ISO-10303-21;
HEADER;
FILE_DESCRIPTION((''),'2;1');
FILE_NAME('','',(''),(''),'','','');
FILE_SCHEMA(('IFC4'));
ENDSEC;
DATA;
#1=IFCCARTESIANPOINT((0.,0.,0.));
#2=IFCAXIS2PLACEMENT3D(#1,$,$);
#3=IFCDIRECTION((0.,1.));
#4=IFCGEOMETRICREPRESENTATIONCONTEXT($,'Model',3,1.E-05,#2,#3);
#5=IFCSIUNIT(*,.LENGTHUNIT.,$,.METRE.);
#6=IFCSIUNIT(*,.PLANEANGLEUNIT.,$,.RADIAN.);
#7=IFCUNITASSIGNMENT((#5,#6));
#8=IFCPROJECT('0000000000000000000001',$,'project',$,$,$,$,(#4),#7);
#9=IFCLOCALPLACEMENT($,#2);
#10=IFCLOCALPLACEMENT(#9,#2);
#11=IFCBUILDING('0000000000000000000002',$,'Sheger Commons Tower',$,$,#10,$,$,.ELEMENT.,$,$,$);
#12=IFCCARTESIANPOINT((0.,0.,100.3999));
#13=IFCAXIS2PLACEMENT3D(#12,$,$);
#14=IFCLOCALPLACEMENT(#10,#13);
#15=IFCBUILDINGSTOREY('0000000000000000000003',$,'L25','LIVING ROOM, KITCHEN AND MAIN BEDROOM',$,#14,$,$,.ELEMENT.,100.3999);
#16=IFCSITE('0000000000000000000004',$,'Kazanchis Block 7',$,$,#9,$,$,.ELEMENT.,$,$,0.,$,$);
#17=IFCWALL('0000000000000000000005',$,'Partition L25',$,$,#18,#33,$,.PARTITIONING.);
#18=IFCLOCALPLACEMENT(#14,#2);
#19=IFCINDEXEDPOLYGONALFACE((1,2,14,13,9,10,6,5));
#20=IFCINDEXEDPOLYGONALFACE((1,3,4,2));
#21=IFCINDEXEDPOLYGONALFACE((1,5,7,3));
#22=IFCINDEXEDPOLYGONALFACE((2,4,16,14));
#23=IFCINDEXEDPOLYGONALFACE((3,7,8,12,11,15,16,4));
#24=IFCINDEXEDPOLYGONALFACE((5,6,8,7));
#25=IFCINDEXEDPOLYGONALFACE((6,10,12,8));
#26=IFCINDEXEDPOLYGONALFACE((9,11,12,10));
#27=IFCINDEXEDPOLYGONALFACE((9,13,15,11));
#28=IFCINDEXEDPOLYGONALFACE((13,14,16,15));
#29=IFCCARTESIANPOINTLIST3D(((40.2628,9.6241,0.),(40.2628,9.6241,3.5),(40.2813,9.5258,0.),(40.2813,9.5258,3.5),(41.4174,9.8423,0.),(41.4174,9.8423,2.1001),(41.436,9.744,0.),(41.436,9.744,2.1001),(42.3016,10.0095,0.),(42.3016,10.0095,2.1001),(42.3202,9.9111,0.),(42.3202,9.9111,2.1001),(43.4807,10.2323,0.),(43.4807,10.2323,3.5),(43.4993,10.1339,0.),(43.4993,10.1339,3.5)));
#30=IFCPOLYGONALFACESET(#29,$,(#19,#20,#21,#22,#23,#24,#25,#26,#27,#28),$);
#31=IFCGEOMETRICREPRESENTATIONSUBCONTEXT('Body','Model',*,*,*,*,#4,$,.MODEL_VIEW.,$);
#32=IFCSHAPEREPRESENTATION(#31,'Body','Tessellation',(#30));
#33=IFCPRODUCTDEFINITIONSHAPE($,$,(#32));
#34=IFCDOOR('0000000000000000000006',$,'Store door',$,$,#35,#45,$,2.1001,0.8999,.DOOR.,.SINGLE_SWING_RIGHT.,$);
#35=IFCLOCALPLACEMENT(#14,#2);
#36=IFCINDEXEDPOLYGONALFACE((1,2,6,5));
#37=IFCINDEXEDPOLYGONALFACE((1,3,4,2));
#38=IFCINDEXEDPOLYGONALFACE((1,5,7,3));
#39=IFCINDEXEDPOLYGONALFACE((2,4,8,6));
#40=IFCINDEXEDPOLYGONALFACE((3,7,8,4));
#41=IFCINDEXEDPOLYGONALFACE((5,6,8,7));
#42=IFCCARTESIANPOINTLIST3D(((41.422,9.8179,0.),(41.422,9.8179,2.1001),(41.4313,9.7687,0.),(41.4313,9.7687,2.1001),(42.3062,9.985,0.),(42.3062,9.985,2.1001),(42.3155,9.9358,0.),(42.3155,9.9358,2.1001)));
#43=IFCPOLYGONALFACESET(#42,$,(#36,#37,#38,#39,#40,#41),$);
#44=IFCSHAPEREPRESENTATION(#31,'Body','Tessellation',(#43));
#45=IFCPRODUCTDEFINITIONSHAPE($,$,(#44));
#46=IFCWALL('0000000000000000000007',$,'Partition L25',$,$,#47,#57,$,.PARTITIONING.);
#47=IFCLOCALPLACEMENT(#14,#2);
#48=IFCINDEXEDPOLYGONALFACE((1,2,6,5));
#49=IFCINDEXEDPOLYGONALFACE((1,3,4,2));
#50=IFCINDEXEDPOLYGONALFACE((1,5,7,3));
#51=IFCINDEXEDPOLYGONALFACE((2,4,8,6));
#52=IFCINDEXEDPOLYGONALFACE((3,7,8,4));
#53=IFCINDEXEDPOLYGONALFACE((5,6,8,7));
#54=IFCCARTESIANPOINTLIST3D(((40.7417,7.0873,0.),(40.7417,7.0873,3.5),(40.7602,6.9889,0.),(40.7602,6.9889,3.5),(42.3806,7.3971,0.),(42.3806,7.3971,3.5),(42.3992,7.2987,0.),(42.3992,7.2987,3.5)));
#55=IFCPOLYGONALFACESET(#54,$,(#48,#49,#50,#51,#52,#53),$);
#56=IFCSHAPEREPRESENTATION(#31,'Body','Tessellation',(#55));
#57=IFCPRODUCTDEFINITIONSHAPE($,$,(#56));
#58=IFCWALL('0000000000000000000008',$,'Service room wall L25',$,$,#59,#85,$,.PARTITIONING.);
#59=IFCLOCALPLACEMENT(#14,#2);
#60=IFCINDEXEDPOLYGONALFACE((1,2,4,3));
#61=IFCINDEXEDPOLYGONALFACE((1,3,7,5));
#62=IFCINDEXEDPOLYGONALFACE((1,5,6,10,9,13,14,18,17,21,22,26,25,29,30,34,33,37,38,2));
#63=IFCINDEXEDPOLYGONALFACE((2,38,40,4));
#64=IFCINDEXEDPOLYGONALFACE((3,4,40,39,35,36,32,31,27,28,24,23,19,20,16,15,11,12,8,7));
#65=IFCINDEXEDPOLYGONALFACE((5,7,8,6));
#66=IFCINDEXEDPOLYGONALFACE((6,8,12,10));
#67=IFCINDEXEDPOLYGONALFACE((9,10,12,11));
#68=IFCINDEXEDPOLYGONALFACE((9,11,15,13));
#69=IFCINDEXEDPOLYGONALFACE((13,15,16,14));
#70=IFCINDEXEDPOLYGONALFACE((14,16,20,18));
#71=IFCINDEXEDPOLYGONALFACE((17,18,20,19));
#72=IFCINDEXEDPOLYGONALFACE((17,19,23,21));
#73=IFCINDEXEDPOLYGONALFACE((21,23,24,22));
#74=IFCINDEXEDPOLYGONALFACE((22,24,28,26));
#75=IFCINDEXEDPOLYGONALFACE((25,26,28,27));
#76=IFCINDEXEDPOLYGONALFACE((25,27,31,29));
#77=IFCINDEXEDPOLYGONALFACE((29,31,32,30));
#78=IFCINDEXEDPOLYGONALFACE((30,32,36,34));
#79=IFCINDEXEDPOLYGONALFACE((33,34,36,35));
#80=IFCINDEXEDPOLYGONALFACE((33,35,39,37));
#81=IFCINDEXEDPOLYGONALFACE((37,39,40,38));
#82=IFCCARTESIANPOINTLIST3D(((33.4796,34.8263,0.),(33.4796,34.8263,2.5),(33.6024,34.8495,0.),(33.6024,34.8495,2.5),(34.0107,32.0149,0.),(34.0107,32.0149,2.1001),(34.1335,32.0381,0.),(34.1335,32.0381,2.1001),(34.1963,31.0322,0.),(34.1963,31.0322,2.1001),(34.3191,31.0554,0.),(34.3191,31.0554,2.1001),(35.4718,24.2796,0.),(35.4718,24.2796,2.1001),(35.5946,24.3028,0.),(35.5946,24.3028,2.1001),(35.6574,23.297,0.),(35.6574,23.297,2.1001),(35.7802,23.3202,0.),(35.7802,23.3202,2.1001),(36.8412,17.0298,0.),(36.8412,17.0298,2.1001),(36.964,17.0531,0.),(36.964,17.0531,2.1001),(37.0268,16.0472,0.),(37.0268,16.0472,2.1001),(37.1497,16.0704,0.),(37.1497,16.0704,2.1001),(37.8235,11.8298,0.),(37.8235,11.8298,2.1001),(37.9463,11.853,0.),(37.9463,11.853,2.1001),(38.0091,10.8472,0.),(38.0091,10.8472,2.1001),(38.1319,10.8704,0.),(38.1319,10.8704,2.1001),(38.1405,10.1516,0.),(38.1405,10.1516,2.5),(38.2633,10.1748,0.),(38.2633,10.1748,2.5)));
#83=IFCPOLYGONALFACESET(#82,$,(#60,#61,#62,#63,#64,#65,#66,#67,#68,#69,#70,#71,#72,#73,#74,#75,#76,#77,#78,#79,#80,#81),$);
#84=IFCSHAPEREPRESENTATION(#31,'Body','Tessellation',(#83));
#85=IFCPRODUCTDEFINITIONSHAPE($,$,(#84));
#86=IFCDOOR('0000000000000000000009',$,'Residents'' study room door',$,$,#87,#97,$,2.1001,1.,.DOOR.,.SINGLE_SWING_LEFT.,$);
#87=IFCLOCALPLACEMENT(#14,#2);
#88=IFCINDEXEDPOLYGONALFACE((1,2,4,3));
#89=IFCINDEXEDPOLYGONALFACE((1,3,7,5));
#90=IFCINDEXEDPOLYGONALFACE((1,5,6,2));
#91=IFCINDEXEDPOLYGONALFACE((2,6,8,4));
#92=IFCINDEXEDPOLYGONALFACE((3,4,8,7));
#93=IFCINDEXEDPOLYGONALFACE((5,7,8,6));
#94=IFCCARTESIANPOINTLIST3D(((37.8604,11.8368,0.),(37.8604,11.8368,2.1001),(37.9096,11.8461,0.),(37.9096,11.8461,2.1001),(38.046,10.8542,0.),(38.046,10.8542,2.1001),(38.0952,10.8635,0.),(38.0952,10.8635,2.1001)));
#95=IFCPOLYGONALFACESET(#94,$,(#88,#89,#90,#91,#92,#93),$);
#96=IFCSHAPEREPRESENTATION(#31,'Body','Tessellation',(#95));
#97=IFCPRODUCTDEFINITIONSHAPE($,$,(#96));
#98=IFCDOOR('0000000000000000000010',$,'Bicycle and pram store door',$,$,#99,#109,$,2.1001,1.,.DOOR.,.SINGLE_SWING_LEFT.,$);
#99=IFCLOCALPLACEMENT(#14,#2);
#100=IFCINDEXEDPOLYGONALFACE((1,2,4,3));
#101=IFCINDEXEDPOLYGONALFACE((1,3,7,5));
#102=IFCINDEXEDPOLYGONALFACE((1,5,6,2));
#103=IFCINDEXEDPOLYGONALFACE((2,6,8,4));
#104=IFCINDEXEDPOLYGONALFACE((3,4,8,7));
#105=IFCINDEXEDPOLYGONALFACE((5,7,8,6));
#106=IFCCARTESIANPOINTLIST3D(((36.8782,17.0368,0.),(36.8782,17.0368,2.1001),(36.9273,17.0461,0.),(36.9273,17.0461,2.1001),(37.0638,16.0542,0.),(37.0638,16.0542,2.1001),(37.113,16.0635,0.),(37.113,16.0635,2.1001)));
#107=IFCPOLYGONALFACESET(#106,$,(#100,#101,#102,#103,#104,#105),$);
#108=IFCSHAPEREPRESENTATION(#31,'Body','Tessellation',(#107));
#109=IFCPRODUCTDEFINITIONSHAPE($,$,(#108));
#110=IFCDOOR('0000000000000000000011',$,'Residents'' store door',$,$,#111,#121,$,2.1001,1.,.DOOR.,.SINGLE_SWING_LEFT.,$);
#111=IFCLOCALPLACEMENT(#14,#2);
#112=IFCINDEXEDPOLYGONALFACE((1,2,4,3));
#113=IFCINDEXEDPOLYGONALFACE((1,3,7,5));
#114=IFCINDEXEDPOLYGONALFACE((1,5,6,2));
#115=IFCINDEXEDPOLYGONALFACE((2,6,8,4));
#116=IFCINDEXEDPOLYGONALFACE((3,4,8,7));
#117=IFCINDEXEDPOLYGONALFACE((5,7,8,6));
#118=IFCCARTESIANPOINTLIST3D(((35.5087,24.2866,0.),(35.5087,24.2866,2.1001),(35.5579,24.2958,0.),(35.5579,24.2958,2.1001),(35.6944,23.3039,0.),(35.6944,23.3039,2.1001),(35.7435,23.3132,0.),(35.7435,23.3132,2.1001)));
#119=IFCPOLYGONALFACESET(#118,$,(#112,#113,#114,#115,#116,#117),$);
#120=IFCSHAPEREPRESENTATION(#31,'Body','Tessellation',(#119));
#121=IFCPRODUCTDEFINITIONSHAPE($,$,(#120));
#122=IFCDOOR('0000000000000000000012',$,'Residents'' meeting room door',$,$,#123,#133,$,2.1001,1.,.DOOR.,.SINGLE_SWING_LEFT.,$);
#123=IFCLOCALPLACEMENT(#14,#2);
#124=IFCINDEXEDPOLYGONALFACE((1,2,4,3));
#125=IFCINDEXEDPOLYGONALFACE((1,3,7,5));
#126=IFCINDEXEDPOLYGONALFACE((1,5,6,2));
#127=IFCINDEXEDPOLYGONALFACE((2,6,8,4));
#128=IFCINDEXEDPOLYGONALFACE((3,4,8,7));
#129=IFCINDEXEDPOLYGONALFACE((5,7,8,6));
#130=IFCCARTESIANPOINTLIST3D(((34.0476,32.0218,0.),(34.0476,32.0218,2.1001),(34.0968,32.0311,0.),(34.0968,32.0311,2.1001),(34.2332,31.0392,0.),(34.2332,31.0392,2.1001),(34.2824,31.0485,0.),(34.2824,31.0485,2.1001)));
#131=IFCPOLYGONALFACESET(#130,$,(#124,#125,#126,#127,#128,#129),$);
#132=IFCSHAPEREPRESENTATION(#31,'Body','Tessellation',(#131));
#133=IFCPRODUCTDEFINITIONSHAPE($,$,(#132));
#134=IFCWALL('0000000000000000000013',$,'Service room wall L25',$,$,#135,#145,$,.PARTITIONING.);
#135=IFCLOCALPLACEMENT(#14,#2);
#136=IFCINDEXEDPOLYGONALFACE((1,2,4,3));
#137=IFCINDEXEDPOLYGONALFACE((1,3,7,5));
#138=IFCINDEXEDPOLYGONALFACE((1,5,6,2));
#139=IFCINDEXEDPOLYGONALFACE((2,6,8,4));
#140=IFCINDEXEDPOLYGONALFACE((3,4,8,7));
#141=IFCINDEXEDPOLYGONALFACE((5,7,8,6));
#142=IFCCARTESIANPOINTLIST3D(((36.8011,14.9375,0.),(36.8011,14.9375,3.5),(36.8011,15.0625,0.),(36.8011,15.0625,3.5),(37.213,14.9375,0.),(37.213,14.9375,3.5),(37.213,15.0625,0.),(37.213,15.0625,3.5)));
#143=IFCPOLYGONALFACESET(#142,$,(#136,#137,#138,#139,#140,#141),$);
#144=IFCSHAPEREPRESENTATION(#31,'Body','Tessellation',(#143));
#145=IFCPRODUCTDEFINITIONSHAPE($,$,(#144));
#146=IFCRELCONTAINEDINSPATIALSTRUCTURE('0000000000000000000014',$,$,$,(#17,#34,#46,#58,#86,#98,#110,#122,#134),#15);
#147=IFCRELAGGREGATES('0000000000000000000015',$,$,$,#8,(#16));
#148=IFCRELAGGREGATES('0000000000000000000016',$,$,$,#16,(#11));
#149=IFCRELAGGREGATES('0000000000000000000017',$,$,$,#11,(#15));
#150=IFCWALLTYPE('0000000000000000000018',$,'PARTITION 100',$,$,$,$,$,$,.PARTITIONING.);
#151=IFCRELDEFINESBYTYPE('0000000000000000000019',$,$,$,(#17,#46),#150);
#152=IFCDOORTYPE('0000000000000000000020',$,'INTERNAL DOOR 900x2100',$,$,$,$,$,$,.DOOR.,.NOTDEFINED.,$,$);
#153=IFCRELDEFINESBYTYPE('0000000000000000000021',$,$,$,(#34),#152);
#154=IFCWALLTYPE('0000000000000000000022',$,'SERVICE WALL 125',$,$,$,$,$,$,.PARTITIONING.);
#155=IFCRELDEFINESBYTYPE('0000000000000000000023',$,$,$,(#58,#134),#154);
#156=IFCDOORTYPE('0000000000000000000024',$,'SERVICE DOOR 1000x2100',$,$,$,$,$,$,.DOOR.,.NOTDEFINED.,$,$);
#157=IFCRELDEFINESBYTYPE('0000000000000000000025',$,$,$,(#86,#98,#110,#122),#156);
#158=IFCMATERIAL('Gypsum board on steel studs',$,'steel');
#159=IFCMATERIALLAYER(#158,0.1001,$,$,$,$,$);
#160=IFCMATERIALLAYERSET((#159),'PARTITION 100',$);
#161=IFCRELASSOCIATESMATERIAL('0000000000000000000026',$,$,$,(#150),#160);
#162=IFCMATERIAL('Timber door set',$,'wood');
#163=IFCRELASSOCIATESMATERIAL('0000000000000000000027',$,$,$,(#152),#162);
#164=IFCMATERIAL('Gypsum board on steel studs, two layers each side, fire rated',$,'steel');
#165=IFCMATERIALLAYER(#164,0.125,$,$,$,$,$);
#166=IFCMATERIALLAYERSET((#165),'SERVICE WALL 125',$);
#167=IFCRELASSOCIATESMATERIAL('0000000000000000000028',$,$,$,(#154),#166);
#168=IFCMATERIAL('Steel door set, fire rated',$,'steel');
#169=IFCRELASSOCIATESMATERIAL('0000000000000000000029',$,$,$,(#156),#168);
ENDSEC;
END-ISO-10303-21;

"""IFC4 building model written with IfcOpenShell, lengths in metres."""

from ifc_helpers import new_model, si_unit, direction, frame, frame_2d, origin, place, context, subcontext, project, spatial, rectangle, extrude, material, layer, layer_set, type_object, element, fill, save


model = new_model("IFC4")

# Units and contexts
model_context = context("Model", 3, precision=1e-05, world=origin(), true_north=direction((0.0, 1.0)))
body_context = subcontext(model_context, "Body", "Model", "MODEL_VIEW")
ifc_project = project(units=[si_unit("LENGTHUNIT", "METRE"), si_unit("PLANEANGLEUNIT", "RADIAN")], contexts=[model_context])

# Site, building, storey
site_placement = place(None, origin())
site = spatial("IfcSite", under=ifc_project, at=site_placement, Name="Kazanchis Block 7", CompositionType="ELEMENT", RefElevation=0.0)
building_placement = place(site_placement, origin())
building = spatial("IfcBuilding", under=site, at=building_placement, Name="Sheger Commons Tower", CompositionType="ELEMENT")
storey_placement = place(building_placement, frame((0.0, 0.0, 100.3999)))
storey = spatial("IfcBuildingStorey", under=building, at=storey_placement, Name="L25", Description="LIVING ROOM, KITCHEN AND MAIN BEDROOM", CompositionType="ELEMENT", Elevation=100.3999)

# Shared definitions
ifc_material_1 = material(Name="Gypsum board on steel studs", Category="steel")
ifc_layer_1 = layer(ifc_material_1, 0.1001)
ifc_layer_set_1 = layer_set([ifc_layer_1], Name="PARTITION 100")
wall_type_1 = type_object("IfcWallType", Name="PARTITION 100", PredefinedType="PARTITIONING", material=ifc_layer_set_1)

# Shared definitions
ifc_material_2 = material(Name="Timber door set", Category="wood")
door_type_1 = type_object("IfcDoorType", Name="INTERNAL DOOR 900x2100", OperationType="NOTDEFINED", PredefinedType="DOOR", material=ifc_material_2)

# Wall, opening, door
wall_1_placement = place(storey_placement, frame((43.49, 10.1831, 0.0), z_axis=(0.0, 0.0, 1.0), x_axis=(-0.982607, -0.185697, 0.0)))
wall_1 = element("IfcWall", 1, at=wall_1_placement, inside=storey, type_object=wall_type_1, Name="Partition L25", PredefinedType="PARTITIONING", context=body_context, shape_type="SweptSolid", body=[
    extrude(rectangle(XDim=3.2749, YDim=0.1001, at=frame_2d((1.6375, 0.0))), origin(), (0.0, 0.0, 1.0), 3.5),
])
opening_1_placement = place(wall_1_placement, frame((1.2, 0.0, 0.0)))
opening_1 = element("IfcOpeningElement", 2, at=opening_1_placement, cuts=wall_1, PredefinedType="OPENING", context=body_context, shape_type="SweptSolid", body=[
    extrude(rectangle(XDim=0.8999, YDim=2.1001, at=frame_2d((0.45, 1.05))), frame((0.0, 0.0601, 0.0), z_axis=(0.0, -1.0, 0.0), x_axis=(1.0, 0.0, 0.0)), (0.0, 0.0, 1.0), 0.1201),
])
door_1_placement = place(opening_1_placement, origin())
door_1 = element("IfcDoor", 3, at=door_1_placement, inside=storey, type_object=door_type_1, Name="Store door", OperationType="SINGLE_SWING_RIGHT", OverallHeight=2.1001, OverallWidth=0.8999, PredefinedType="DOOR", context=body_context, shape_type="SweptSolid", body=[
    extrude(rectangle(XDim=0.8999, YDim=2.1001, at=frame_2d((0.45, 1.05))), frame((0.0, 0.0249, 0.0), z_axis=(0.0, -1.0, 0.0), x_axis=(1.0, 0.0, 0.0)), (0.0, 0.0, 1.0), 0.05),
])
fill(opening_1, door_1)

# Wall
wall_2_placement = place(storey_placement, frame((42.3899, 7.3479, 0.0), z_axis=(0.0, 0.0, 1.0), x_axis=(-0.982598, -0.185747, 0.0)))
element("IfcWall", 4, at=wall_2_placement, inside=storey, type_object=wall_type_1, Name="Partition L25", PredefinedType="PARTITIONING", context=body_context, shape_type="SweptSolid", body=[
    extrude(rectangle(XDim=1.668, YDim=0.1001, at=frame_2d((0.834, 0.0))), origin(), (0.0, 0.0, 1.0), 3.5),
])

# Wall, openings, doors
ifc_material_3 = material(Name="Gypsum board on steel studs, two layers each side, fire rated", Category="steel")
ifc_layer_2 = layer(ifc_material_3, 0.125)
ifc_layer_set_2 = layer_set([ifc_layer_2], Name="SERVICE WALL 125")
wall_type_2 = type_object("IfcWallType", Name="SERVICE WALL 125", PredefinedType="PARTITIONING", material=ifc_layer_set_2)
wall_3_placement = place(storey_placement, frame((38.2019, 10.1631, 0.0), z_axis=(0.0, 0.0, 1.0), x_axis=(-0.18561, 0.982623, 0.0)))
wall_3 = element("IfcWall", 5, at=wall_3_placement, inside=storey, type_object=wall_type_2, Name="Service room wall L25", PredefinedType="PARTITIONING", context=body_context, shape_type="SweptSolid", body=[
    extrude(rectangle(XDim=25.1111, YDim=0.125, at=frame_2d((12.5557, 0.0))), origin(), (0.0, 0.0, 1.0), 2.5),
])
opening_2_placement = place(wall_3_placement, frame((0.708, 0.0, 0.0)))
opening_2 = element("IfcOpeningElement", 6, at=opening_2_placement, cuts=wall_3, PredefinedType="OPENING", context=body_context, shape_type="SweptSolid", body=[
    extrude(rectangle(XDim=1.0, YDim=2.1001, at=frame_2d((0.5, 1.05))), frame((0.0, 0.0725, 0.0), z_axis=(0.0, -1.0, 0.0), x_axis=(1.0, 0.0, 0.0)), (0.0, 0.0, 1.0), 0.145),
])
opening_3_placement = place(wall_3_placement, frame((6.0, 0.0, 0.0)))
opening_3 = element("IfcOpeningElement", 7, at=opening_3_placement, cuts=wall_3, PredefinedType="OPENING", context=body_context, shape_type="SweptSolid", body=[
    extrude(rectangle(XDim=1.0, YDim=2.1001, at=frame_2d((0.5, 1.05))), frame((0.0, 0.0725, 0.0), z_axis=(0.0, -1.0, 0.0), x_axis=(1.0, 0.0, 0.0)), (0.0, 0.0, 1.0), 0.145),
])
opening_4_placement = place(wall_3_placement, frame((13.3779, 0.0, 0.0)))
opening_4 = element("IfcOpeningElement", 8, at=opening_4_placement, cuts=wall_3, PredefinedType="OPENING", context=body_context, shape_type="SweptSolid", body=[
    extrude(rectangle(XDim=1.0, YDim=2.1001, at=frame_2d((0.5, 1.05))), frame((0.0, 0.0725, 0.0), z_axis=(0.0, -1.0, 0.0), x_axis=(1.0, 0.0, 0.0)), (0.0, 0.0, 1.0), 0.145),
])
opening_5_placement = place(wall_3_placement, frame((21.25, 0.0, 0.0)))
opening_5 = element("IfcOpeningElement", 9, at=opening_5_placement, cuts=wall_3, PredefinedType="OPENING", context=body_context, shape_type="SweptSolid", body=[
    extrude(rectangle(XDim=1.0, YDim=2.1001, at=frame_2d((0.5, 1.05))), frame((0.0, 0.0725, 0.0), z_axis=(0.0, -1.0, 0.0), x_axis=(1.0, 0.0, 0.0)), (0.0, 0.0, 1.0), 0.145),
])
ifc_material_4 = material(Name="Steel door set, fire rated", Category="steel")
door_type_2 = type_object("IfcDoorType", Name="SERVICE DOOR 1000x2100", OperationType="NOTDEFINED", PredefinedType="DOOR", material=ifc_material_4)
door_2_placement = place(opening_2_placement, origin())
door_2 = element("IfcDoor", 10, at=door_2_placement, inside=storey, type_object=door_type_2, Name="Residents' study room door", OperationType="SINGLE_SWING_LEFT", OverallHeight=2.1001, OverallWidth=1.0, PredefinedType="DOOR", context=body_context, shape_type="SweptSolid", body=[
    extrude(rectangle(XDim=1.0, YDim=2.1001, at=frame_2d((0.5, 1.05))), frame((0.0, 0.0249, 0.0), z_axis=(0.0, -1.0, 0.0), x_axis=(1.0, 0.0, 0.0)), (0.0, 0.0, 1.0), 0.05),
])
fill(opening_2, door_2)
door_3_placement = place(opening_3_placement, origin())
door_3 = element("IfcDoor", 11, at=door_3_placement, inside=storey, type_object=door_type_2, Name="Bicycle and pram store door", OperationType="SINGLE_SWING_LEFT", OverallHeight=2.1001, OverallWidth=1.0, PredefinedType="DOOR", context=body_context, shape_type="SweptSolid", body=[
    extrude(rectangle(XDim=1.0, YDim=2.1001, at=frame_2d((0.5, 1.05))), frame((0.0, 0.0249, 0.0), z_axis=(0.0, -1.0, 0.0), x_axis=(1.0, 0.0, 0.0)), (0.0, 0.0, 1.0), 0.05),
])
fill(opening_3, door_3)
door_4_placement = place(opening_4_placement, origin())
door_4 = element("IfcDoor", 12, at=door_4_placement, inside=storey, type_object=door_type_2, Name="Residents' store door", OperationType="SINGLE_SWING_LEFT", OverallHeight=2.1001, OverallWidth=1.0, PredefinedType="DOOR", context=body_context, shape_type="SweptSolid", body=[
    extrude(rectangle(XDim=1.0, YDim=2.1001, at=frame_2d((0.5, 1.05))), frame((0.0, 0.0249, 0.0), z_axis=(0.0, -1.0, 0.0), x_axis=(1.0, 0.0, 0.0)), (0.0, 0.0, 1.0), 0.05),
])
fill(opening_4, door_4)
door_5_placement = place(opening_5_placement, origin())
door_5 = element("IfcDoor", 13, at=door_5_placement, inside=storey, type_object=door_type_2, Name="Residents' meeting room door", OperationType="SINGLE_SWING_LEFT", OverallHeight=2.1001, OverallWidth=1.0, PredefinedType="DOOR", context=body_context, shape_type="SweptSolid", body=[
    extrude(rectangle(XDim=1.0, YDim=2.1001, at=frame_2d((0.5, 1.05))), frame((0.0, 0.0249, 0.0), z_axis=(0.0, -1.0, 0.0), x_axis=(1.0, 0.0, 0.0)), (0.0, 0.0, 1.0), 0.05),
])
fill(opening_5, door_5)

# Wall
wall_4_placement = place(storey_placement, frame((36.801, 15.0, 0.0), z_axis=(0.0, 0.0, 1.0), x_axis=(1.0, 0.0, 0.0)))
element("IfcWall", 14, at=wall_4_placement, inside=storey, type_object=wall_type_2, Name="Service room wall L25", PredefinedType="PARTITIONING", context=body_context, shape_type="SweptSolid", body=[
    extrude(rectangle(XDim=0.4119, YDim=0.125, at=frame_2d((0.2061, 0.0))), origin(), (0.0, 0.0, 1.0), 3.5),
])

save(model, "model.ifc")
